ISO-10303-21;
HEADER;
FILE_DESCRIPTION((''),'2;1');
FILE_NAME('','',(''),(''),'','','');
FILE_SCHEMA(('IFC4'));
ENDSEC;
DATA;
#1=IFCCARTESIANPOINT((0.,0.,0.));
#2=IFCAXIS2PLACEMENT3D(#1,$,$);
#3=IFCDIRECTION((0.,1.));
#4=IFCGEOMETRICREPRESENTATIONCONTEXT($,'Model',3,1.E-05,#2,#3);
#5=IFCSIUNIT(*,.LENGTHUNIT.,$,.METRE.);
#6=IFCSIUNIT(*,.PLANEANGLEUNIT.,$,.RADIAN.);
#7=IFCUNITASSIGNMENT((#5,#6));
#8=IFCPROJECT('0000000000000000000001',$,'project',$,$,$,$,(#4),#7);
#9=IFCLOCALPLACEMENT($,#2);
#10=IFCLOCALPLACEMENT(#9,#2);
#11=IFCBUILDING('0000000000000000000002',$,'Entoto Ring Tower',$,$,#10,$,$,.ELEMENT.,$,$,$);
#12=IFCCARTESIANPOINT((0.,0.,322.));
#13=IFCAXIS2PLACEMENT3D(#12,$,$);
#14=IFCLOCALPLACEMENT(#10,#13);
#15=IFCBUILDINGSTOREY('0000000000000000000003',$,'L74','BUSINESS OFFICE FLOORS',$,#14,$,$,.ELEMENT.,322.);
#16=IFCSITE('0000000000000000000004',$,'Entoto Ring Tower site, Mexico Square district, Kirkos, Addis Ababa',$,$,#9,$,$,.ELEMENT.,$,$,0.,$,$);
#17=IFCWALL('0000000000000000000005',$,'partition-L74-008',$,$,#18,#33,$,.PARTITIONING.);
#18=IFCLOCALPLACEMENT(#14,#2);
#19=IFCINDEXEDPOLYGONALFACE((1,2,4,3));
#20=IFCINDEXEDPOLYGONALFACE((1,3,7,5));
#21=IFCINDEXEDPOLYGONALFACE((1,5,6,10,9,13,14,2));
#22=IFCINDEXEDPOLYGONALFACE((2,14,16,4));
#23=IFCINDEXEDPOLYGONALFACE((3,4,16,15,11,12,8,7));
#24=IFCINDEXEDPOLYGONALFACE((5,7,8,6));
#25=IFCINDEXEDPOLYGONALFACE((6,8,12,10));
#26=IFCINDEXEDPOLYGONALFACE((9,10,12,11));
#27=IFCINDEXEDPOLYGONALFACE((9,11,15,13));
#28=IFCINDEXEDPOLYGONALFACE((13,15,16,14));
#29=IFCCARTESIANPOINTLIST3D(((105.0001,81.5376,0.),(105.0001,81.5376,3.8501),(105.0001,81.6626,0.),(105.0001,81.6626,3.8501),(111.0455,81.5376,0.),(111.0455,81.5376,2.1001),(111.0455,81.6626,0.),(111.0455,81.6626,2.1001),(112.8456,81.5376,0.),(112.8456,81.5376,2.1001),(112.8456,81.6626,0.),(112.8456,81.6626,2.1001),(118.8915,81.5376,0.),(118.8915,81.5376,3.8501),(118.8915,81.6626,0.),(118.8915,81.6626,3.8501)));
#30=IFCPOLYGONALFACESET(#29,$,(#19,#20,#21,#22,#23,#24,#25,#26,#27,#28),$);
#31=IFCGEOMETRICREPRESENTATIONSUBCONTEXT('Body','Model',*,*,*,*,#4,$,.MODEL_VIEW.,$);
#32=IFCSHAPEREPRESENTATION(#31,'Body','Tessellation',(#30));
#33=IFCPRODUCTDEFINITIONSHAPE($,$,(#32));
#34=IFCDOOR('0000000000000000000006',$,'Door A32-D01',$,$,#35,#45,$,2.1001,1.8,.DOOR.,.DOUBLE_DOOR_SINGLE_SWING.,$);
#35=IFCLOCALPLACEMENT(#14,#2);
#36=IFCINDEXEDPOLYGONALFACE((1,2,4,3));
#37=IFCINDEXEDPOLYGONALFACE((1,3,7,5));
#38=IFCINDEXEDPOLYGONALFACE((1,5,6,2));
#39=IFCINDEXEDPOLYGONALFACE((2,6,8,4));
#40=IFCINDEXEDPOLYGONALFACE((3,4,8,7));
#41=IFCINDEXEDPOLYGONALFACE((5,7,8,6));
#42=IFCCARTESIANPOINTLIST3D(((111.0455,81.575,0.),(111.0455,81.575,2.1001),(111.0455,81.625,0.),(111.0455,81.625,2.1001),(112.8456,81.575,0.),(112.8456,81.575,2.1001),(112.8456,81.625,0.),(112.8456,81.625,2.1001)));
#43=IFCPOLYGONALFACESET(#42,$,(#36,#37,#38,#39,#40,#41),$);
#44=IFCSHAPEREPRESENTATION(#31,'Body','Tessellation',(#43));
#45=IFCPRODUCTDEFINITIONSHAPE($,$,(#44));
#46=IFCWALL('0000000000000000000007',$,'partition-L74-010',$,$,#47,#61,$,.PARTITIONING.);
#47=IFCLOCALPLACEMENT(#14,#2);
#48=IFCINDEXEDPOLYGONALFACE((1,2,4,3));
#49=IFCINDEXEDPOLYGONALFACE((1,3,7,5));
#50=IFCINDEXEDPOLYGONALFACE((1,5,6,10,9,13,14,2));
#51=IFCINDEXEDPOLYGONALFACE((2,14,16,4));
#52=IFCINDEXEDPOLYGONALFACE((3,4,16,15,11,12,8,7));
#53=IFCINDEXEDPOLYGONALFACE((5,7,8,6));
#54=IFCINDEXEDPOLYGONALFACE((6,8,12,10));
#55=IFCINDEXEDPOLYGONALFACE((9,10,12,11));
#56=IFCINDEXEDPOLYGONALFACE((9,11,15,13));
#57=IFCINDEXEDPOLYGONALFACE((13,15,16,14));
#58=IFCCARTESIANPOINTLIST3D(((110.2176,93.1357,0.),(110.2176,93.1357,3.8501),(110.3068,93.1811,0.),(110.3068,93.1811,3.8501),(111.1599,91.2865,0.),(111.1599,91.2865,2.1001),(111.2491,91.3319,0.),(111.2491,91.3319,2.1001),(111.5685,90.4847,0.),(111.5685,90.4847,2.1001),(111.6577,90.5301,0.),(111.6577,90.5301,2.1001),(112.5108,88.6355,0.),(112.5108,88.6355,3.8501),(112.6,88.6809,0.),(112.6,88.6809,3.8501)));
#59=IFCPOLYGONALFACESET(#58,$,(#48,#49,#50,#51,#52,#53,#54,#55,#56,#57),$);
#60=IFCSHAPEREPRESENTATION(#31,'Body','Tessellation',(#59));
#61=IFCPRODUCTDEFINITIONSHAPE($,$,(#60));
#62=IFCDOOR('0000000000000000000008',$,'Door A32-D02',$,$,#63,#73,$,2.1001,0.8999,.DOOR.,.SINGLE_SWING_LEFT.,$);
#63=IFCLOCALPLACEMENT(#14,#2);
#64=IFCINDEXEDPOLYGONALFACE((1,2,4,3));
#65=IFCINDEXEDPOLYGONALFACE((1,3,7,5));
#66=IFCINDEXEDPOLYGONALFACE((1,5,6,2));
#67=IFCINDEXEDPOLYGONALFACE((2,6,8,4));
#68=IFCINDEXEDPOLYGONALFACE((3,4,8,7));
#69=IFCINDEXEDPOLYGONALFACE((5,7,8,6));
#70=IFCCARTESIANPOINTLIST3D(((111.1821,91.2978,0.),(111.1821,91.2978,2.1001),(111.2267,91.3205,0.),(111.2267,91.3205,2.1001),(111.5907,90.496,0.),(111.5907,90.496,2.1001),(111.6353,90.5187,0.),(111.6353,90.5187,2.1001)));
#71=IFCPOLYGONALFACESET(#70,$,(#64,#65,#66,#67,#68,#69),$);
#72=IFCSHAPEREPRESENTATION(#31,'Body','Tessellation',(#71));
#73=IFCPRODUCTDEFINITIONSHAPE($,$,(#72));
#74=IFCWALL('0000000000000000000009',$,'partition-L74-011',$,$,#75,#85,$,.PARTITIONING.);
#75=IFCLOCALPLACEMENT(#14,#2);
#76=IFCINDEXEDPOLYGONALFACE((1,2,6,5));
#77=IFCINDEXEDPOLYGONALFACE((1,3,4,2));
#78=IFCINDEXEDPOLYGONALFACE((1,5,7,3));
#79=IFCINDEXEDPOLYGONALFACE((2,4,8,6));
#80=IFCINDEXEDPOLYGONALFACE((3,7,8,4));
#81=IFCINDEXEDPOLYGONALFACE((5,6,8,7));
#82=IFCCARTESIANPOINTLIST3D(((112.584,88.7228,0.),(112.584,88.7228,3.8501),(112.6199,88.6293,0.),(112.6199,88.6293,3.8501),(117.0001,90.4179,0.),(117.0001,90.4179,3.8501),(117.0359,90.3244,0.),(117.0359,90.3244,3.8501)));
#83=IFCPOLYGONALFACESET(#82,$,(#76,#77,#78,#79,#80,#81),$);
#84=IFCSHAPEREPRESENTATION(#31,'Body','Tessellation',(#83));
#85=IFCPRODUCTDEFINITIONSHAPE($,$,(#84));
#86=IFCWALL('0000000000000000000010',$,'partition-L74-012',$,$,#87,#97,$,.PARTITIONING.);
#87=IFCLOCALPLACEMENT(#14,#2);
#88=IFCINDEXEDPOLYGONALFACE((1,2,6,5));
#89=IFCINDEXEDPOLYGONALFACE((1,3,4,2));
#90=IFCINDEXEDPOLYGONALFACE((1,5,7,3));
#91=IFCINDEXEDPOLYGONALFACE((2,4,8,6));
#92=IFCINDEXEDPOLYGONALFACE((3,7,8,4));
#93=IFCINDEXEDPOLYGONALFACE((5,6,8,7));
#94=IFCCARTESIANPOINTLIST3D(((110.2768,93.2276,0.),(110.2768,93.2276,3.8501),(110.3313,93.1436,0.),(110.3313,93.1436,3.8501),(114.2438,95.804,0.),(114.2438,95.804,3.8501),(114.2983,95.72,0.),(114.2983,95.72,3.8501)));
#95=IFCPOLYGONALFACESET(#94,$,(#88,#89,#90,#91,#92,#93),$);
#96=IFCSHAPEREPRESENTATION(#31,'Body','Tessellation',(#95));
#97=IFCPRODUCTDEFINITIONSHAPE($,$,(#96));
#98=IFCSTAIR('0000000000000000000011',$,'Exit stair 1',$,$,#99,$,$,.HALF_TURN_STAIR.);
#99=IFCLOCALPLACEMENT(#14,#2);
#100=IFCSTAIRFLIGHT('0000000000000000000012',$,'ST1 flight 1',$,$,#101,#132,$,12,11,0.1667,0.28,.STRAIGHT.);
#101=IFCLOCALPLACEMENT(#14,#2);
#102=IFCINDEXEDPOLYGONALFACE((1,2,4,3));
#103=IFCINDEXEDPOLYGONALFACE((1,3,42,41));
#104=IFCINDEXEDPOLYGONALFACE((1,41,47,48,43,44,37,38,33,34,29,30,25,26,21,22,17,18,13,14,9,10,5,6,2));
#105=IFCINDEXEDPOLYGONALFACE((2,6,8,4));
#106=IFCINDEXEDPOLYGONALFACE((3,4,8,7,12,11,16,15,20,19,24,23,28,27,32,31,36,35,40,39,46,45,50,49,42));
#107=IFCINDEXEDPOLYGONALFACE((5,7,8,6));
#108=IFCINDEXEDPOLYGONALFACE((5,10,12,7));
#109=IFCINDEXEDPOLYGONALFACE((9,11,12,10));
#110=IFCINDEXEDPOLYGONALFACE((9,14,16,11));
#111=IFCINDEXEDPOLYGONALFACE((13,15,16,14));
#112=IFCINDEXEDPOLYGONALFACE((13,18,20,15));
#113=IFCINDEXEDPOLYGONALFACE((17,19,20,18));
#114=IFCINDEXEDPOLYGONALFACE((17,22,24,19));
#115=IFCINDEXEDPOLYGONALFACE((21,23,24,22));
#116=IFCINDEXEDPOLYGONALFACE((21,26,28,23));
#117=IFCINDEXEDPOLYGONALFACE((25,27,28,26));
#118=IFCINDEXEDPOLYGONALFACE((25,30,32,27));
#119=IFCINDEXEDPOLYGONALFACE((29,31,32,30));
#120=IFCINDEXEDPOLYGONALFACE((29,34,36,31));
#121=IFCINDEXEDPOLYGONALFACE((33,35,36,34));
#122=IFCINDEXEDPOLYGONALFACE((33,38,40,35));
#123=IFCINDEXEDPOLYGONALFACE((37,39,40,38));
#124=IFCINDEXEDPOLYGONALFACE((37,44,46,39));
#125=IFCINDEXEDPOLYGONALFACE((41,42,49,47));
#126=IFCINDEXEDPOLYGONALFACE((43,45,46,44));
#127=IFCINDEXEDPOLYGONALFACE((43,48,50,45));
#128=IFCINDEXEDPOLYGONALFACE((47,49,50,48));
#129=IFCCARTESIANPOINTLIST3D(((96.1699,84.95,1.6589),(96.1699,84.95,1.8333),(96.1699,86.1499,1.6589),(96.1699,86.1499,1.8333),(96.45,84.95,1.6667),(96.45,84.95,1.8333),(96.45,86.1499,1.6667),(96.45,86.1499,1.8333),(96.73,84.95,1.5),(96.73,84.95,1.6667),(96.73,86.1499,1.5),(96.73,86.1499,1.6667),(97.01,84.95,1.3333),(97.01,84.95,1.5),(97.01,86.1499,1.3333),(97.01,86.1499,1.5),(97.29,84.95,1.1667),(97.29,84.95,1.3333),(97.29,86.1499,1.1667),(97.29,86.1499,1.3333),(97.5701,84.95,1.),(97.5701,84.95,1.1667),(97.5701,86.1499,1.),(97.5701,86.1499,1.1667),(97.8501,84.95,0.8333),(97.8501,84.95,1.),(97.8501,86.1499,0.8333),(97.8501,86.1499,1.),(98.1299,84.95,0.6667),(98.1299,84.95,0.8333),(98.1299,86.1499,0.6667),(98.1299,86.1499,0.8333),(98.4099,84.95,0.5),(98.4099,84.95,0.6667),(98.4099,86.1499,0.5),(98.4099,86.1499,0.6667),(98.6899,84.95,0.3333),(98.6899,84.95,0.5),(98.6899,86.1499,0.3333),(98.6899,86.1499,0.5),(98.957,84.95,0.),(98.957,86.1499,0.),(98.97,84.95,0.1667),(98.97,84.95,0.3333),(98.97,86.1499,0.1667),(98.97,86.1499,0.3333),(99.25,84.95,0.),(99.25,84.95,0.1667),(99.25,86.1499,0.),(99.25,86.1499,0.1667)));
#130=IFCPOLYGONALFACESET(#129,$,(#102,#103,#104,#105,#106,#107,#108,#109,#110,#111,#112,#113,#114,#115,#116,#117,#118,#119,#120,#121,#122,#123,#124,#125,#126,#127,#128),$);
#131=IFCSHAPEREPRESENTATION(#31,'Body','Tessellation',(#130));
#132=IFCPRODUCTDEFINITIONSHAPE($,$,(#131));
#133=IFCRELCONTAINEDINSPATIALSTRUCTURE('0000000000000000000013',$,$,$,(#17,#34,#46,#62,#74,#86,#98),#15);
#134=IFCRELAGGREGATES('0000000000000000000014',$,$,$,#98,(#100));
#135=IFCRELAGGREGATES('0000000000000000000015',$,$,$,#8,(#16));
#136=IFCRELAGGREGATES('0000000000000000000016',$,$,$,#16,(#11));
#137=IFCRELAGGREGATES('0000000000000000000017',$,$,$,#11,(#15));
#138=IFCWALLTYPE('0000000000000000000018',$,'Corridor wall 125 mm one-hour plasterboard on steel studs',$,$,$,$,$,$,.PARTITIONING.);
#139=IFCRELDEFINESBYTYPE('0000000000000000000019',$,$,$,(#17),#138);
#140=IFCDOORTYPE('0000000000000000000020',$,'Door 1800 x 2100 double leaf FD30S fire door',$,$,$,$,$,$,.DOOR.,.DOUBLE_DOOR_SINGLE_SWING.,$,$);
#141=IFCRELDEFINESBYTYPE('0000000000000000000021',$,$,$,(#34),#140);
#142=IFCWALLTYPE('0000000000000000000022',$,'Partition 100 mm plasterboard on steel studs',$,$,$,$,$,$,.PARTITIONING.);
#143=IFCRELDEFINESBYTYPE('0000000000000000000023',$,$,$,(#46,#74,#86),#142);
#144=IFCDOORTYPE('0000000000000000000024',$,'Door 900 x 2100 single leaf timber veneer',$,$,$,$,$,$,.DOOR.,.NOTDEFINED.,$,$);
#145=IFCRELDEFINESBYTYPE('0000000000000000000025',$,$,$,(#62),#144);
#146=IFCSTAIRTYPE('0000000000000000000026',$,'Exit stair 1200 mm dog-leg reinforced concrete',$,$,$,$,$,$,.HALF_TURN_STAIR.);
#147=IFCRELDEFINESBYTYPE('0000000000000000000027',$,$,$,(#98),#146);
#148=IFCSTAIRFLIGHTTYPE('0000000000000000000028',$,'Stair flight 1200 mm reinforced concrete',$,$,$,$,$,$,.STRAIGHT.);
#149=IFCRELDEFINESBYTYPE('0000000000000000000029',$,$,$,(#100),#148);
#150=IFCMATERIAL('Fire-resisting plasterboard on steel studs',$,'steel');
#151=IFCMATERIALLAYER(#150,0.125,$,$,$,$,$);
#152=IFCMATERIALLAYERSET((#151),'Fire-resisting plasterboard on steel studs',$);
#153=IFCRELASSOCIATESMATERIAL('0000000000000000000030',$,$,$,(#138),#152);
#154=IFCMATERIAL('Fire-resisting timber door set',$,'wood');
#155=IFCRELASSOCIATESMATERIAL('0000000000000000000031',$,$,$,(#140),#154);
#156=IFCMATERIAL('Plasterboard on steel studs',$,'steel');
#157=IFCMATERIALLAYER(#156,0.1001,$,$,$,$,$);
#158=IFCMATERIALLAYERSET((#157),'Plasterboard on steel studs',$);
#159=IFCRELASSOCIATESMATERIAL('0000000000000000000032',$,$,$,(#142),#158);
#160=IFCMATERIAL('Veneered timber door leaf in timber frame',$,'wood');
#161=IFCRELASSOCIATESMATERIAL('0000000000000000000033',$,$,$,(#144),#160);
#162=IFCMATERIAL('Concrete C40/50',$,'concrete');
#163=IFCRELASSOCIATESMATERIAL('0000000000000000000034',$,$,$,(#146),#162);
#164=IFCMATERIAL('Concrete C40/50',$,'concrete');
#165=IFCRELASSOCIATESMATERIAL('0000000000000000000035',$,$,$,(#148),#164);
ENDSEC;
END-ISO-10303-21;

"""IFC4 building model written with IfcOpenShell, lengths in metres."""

from ifc_helpers import new_model, si_unit, direction, frame, frame_2d, origin, place, context, subcontext, project, spatial, polyline, rectangle, outline, extrude, material, layer, layer_set, type_object, element, fill, aggregate, save


model = new_model("IFC4")

# Units and contexts
model_context = context("Model", 3, precision=1e-05, world=origin(), true_north=direction((0.0, 1.0)))
body_context = subcontext(model_context, "Body", "Model", "MODEL_VIEW")
ifc_project = project(units=[si_unit("LENGTHUNIT", "METRE"), si_unit("PLANEANGLEUNIT", "RADIAN")], contexts=[model_context])

# Site, building, storey
site_placement = place(None, origin())
site = spatial("IfcSite", under=ifc_project, at=site_placement, Name="Entoto Ring Tower site, Mexico Square district, Kirkos, Addis Ababa", CompositionType="ELEMENT", RefElevation=0.0)
building_placement = place(site_placement, origin())
building = spatial("IfcBuilding", under=site, at=building_placement, Name="Entoto Ring Tower", CompositionType="ELEMENT")
storey_placement = place(building_placement, frame((0.0, 0.0, 322.0)))
storey = spatial("IfcBuildingStorey", under=building, at=storey_placement, Name="L74", Description="BUSINESS OFFICE FLOORS", CompositionType="ELEMENT", Elevation=322.0)

# Walls, openings, doors
ifc_material_1 = material(Name="Fire-resisting plasterboard on steel studs", Category="steel")
ifc_layer_1 = layer(ifc_material_1, 0.125)
ifc_layer_set_1 = layer_set([ifc_layer_1], Name="Fire-resisting plasterboard on steel studs")
wall_type_1 = type_object("IfcWallType", Name="Corridor wall 125 mm one-hour plasterboard on steel studs", PredefinedType="PARTITIONING", material=ifc_layer_set_1)
wall_1_placement = place(storey_placement, frame((105.0, 81.6001, 0.0), z_axis=(0.0, 0.0, 1.0), x_axis=(1.0, 0.0, 0.0)))
wall_1 = element("IfcWall", 1, at=wall_1_placement, inside=storey, type_object=wall_type_1, Name="partition-L74-008", PredefinedType="PARTITIONING", context=body_context, shape_type="SweptSolid", body=[
    extrude(rectangle(XDim=13.8914, YDim=0.125, at=frame_2d((6.9458, 0.0))), origin(), (0.0, 0.0, 1.0), 3.8501),
])
opening_1_placement = place(wall_1_placement, frame((6.0457, 0.0, 0.0)))
opening_1 = element("IfcOpeningElement", 2, at=opening_1_placement, cuts=wall_1, PredefinedType="OPENING", context=body_context, shape_type="SweptSolid", body=[
    extrude(rectangle(XDim=1.8, YDim=2.1001, at=frame_2d((0.8999, 1.05))), frame((0.0, 0.0725, 0.0), z_axis=(0.0, -1.0, 0.0), x_axis=(1.0, 0.0, 0.0)), (0.0, 0.0, 1.0), 0.145),
])
ifc_material_2 = material(Name="Fire-resisting timber door set", Category="wood")
door_type_1 = type_object("IfcDoorType", Name="Door 1800 x 2100 double leaf FD30S fire door", OperationType="DOUBLE_DOOR_SINGLE_SWING", PredefinedType="DOOR", material=ifc_material_2)
door_1_placement = place(opening_1_placement, origin())
door_1 = element("IfcDoor", 3, at=door_1_placement, inside=storey, type_object=door_type_1, Name="Door A32-D01", OperationType="DOUBLE_DOOR_SINGLE_SWING", OverallHeight=2.1001, OverallWidth=1.8, PredefinedType="DOOR", context=body_context, shape_type="SweptSolid", body=[
    extrude(rectangle(XDim=1.8, YDim=2.1001, at=frame_2d((0.8999, 1.05))), frame((0.0, 0.0249, 0.0), z_axis=(0.0, -1.0, 0.0), x_axis=(1.0, 0.0, 0.0)), (0.0, 0.0, 1.0), 0.05),
])
fill(opening_1, door_1)
ifc_material_3 = material(Name="Plasterboard on steel studs", Category="steel")
ifc_layer_2 = layer(ifc_material_3, 0.1001)
ifc_layer_set_2 = layer_set([ifc_layer_2], Name="Plasterboard on steel studs")
wall_type_2 = type_object("IfcWallType", Name="Partition 100 mm plasterboard on steel studs", PredefinedType="PARTITIONING", material=ifc_layer_set_2)
wall_2_placement = place(storey_placement, frame((112.5554, 88.6582, 0.0), z_axis=(0.0, 0.0, 1.0), x_axis=(-0.454026, 0.890989, 0.0)))
wall_2 = element("IfcWall", 4, at=wall_2_placement, inside=storey, type_object=wall_type_2, Name="partition-L74-010", PredefinedType="PARTITIONING", context=body_context, shape_type="SweptSolid", body=[
    extrude(rectangle(XDim=5.0508, YDim=0.1001, at=frame_2d((2.5254, 0.0))), origin(), (0.0, 0.0, 1.0), 3.8501),
])
opening_2_placement = place(wall_2_placement, frame((2.0754, 0.0, 0.0)))
opening_2 = element("IfcOpeningElement", 5, at=opening_2_placement, cuts=wall_2, PredefinedType="OPENING", context=body_context, shape_type="SweptSolid", body=[
    extrude(rectangle(XDim=0.8999, YDim=2.1001, at=frame_2d((0.45, 1.05))), frame((0.0, 0.0601, 0.0), z_axis=(0.0, -1.0, 0.0), x_axis=(1.0, 0.0, 0.0)), (0.0, 0.0, 1.0), 0.1201),
])
ifc_material_4 = material(Name="Veneered timber door leaf in timber frame", Category="wood")
door_type_2 = type_object("IfcDoorType", Name="Door 900 x 2100 single leaf timber veneer", OperationType="NOTDEFINED", PredefinedType="DOOR", material=ifc_material_4)
door_2_placement = place(opening_2_placement, frame((0.8999, 0.0, 0.0), z_axis=(0.0, 0.0, 1.0), x_axis=(-1.0, 0.0, 0.0)))
door_2 = element("IfcDoor", 6, at=door_2_placement, inside=storey, type_object=door_type_2, Name="Door A32-D02", OperationType="SINGLE_SWING_LEFT", OverallHeight=2.1001, OverallWidth=0.8999, PredefinedType="DOOR", context=body_context, shape_type="SweptSolid", body=[
    extrude(rectangle(XDim=0.8999, YDim=2.1001, at=frame_2d((0.45, 1.05))), frame((0.0, 0.0249, 0.0), z_axis=(0.0, -1.0, 0.0), x_axis=(1.0, 0.0, 0.0)), (0.0, 0.0, 1.0), 0.05),
])
fill(opening_2, door_2)

# Walls
for number, where, z_axis, x_axis, name in (
    (7, (112.6018, 88.676, 0.0), (0.0, 0.0, 1.0), (0.933586, 0.358353, 0.0), "partition-L74-011"),
    (8, (110.304, 93.1855, 0.0), (0.0, 0.0, 1.0), (0.838652, 0.544667, 0.0), "partition-L74-012"),
):
    element("IfcWall", number, at=place(storey_placement, frame(where, z_axis=z_axis, x_axis=x_axis)), inside=storey, type_object=wall_type_2, Name=name, PredefinedType="PARTITIONING", context=body_context, shape_type="SweptSolid", body=[
        extrude(rectangle(XDim=4.7302, YDim=0.1001, at=frame_2d((2.3652, 0.0))), origin(), (0.0, 0.0, 1.0), 3.8501),
    ])

# Stair, stair flight
ifc_material_5 = material(Name="Concrete C40/50", Category="concrete")
stair_type = type_object("IfcStairType", Name="Exit stair 1200 mm dog-leg reinforced concrete", PredefinedType="HALF_TURN_STAIR", material=ifc_material_5)
stair_placement = place(storey_placement, origin())
stair = element("IfcStair", 9, at=stair_placement, inside=storey, type_object=stair_type, Name="Exit stair 1", PredefinedType="HALF_TURN_STAIR")
ifc_material_6 = material(Name="Concrete C40/50", Category="concrete")
stair_flight_type = type_object("IfcStairFlightType", Name="Stair flight 1200 mm reinforced concrete", PredefinedType="STRAIGHT", material=ifc_material_6)
stair_flight_placement = place(storey_placement, frame((99.25, 85.55, 0.0), z_axis=(0.0, 0.0, 1.0), x_axis=(-1.0, 0.0, 0.0)))
stair_flight = element("IfcStairFlight", 10, at=stair_flight_placement, type_object=stair_flight_type, Name="ST1 flight 1", NumberOfRisers=12, NumberOfTreads=11, PredefinedType="STRAIGHT", RiserHeight=0.1667, TreadLength=0.28, context=body_context, shape_type="SweptSolid", body=[
    extrude(outline(polyline([(0.0, 0.0), (0.0, 0.1667), (0.28, 0.1667), (0.28, 0.3333), (0.5601, 0.3333), (0.5601, 0.5), (0.8401, 0.5), (0.8401, 0.6667), (1.1201, 0.6667), (1.1201, 0.8333), (1.3999, 0.8333), (1.3999, 1.0), (1.6799, 1.0), (1.6799, 1.1667), (1.96, 1.1667), (1.96, 1.3333), (2.24, 1.3333), (2.24, 1.5), (2.52, 1.5), (2.52, 1.6667), (2.8, 1.6667), (2.8, 1.8333), (3.0801, 1.8333), (3.0801, 2.0), (3.0801, 1.6589), (0.293, 0.0), (0.0, 0.0)])), frame((0.0, 0.6001, 0.0), z_axis=(0.0, -1.0, 0.0), x_axis=(1.0, 0.0, 0.0)), (0.0, 0.0, 1.0), 1.2),
])
aggregate(stair, [stair_flight])

save(model, "model.ifc")
